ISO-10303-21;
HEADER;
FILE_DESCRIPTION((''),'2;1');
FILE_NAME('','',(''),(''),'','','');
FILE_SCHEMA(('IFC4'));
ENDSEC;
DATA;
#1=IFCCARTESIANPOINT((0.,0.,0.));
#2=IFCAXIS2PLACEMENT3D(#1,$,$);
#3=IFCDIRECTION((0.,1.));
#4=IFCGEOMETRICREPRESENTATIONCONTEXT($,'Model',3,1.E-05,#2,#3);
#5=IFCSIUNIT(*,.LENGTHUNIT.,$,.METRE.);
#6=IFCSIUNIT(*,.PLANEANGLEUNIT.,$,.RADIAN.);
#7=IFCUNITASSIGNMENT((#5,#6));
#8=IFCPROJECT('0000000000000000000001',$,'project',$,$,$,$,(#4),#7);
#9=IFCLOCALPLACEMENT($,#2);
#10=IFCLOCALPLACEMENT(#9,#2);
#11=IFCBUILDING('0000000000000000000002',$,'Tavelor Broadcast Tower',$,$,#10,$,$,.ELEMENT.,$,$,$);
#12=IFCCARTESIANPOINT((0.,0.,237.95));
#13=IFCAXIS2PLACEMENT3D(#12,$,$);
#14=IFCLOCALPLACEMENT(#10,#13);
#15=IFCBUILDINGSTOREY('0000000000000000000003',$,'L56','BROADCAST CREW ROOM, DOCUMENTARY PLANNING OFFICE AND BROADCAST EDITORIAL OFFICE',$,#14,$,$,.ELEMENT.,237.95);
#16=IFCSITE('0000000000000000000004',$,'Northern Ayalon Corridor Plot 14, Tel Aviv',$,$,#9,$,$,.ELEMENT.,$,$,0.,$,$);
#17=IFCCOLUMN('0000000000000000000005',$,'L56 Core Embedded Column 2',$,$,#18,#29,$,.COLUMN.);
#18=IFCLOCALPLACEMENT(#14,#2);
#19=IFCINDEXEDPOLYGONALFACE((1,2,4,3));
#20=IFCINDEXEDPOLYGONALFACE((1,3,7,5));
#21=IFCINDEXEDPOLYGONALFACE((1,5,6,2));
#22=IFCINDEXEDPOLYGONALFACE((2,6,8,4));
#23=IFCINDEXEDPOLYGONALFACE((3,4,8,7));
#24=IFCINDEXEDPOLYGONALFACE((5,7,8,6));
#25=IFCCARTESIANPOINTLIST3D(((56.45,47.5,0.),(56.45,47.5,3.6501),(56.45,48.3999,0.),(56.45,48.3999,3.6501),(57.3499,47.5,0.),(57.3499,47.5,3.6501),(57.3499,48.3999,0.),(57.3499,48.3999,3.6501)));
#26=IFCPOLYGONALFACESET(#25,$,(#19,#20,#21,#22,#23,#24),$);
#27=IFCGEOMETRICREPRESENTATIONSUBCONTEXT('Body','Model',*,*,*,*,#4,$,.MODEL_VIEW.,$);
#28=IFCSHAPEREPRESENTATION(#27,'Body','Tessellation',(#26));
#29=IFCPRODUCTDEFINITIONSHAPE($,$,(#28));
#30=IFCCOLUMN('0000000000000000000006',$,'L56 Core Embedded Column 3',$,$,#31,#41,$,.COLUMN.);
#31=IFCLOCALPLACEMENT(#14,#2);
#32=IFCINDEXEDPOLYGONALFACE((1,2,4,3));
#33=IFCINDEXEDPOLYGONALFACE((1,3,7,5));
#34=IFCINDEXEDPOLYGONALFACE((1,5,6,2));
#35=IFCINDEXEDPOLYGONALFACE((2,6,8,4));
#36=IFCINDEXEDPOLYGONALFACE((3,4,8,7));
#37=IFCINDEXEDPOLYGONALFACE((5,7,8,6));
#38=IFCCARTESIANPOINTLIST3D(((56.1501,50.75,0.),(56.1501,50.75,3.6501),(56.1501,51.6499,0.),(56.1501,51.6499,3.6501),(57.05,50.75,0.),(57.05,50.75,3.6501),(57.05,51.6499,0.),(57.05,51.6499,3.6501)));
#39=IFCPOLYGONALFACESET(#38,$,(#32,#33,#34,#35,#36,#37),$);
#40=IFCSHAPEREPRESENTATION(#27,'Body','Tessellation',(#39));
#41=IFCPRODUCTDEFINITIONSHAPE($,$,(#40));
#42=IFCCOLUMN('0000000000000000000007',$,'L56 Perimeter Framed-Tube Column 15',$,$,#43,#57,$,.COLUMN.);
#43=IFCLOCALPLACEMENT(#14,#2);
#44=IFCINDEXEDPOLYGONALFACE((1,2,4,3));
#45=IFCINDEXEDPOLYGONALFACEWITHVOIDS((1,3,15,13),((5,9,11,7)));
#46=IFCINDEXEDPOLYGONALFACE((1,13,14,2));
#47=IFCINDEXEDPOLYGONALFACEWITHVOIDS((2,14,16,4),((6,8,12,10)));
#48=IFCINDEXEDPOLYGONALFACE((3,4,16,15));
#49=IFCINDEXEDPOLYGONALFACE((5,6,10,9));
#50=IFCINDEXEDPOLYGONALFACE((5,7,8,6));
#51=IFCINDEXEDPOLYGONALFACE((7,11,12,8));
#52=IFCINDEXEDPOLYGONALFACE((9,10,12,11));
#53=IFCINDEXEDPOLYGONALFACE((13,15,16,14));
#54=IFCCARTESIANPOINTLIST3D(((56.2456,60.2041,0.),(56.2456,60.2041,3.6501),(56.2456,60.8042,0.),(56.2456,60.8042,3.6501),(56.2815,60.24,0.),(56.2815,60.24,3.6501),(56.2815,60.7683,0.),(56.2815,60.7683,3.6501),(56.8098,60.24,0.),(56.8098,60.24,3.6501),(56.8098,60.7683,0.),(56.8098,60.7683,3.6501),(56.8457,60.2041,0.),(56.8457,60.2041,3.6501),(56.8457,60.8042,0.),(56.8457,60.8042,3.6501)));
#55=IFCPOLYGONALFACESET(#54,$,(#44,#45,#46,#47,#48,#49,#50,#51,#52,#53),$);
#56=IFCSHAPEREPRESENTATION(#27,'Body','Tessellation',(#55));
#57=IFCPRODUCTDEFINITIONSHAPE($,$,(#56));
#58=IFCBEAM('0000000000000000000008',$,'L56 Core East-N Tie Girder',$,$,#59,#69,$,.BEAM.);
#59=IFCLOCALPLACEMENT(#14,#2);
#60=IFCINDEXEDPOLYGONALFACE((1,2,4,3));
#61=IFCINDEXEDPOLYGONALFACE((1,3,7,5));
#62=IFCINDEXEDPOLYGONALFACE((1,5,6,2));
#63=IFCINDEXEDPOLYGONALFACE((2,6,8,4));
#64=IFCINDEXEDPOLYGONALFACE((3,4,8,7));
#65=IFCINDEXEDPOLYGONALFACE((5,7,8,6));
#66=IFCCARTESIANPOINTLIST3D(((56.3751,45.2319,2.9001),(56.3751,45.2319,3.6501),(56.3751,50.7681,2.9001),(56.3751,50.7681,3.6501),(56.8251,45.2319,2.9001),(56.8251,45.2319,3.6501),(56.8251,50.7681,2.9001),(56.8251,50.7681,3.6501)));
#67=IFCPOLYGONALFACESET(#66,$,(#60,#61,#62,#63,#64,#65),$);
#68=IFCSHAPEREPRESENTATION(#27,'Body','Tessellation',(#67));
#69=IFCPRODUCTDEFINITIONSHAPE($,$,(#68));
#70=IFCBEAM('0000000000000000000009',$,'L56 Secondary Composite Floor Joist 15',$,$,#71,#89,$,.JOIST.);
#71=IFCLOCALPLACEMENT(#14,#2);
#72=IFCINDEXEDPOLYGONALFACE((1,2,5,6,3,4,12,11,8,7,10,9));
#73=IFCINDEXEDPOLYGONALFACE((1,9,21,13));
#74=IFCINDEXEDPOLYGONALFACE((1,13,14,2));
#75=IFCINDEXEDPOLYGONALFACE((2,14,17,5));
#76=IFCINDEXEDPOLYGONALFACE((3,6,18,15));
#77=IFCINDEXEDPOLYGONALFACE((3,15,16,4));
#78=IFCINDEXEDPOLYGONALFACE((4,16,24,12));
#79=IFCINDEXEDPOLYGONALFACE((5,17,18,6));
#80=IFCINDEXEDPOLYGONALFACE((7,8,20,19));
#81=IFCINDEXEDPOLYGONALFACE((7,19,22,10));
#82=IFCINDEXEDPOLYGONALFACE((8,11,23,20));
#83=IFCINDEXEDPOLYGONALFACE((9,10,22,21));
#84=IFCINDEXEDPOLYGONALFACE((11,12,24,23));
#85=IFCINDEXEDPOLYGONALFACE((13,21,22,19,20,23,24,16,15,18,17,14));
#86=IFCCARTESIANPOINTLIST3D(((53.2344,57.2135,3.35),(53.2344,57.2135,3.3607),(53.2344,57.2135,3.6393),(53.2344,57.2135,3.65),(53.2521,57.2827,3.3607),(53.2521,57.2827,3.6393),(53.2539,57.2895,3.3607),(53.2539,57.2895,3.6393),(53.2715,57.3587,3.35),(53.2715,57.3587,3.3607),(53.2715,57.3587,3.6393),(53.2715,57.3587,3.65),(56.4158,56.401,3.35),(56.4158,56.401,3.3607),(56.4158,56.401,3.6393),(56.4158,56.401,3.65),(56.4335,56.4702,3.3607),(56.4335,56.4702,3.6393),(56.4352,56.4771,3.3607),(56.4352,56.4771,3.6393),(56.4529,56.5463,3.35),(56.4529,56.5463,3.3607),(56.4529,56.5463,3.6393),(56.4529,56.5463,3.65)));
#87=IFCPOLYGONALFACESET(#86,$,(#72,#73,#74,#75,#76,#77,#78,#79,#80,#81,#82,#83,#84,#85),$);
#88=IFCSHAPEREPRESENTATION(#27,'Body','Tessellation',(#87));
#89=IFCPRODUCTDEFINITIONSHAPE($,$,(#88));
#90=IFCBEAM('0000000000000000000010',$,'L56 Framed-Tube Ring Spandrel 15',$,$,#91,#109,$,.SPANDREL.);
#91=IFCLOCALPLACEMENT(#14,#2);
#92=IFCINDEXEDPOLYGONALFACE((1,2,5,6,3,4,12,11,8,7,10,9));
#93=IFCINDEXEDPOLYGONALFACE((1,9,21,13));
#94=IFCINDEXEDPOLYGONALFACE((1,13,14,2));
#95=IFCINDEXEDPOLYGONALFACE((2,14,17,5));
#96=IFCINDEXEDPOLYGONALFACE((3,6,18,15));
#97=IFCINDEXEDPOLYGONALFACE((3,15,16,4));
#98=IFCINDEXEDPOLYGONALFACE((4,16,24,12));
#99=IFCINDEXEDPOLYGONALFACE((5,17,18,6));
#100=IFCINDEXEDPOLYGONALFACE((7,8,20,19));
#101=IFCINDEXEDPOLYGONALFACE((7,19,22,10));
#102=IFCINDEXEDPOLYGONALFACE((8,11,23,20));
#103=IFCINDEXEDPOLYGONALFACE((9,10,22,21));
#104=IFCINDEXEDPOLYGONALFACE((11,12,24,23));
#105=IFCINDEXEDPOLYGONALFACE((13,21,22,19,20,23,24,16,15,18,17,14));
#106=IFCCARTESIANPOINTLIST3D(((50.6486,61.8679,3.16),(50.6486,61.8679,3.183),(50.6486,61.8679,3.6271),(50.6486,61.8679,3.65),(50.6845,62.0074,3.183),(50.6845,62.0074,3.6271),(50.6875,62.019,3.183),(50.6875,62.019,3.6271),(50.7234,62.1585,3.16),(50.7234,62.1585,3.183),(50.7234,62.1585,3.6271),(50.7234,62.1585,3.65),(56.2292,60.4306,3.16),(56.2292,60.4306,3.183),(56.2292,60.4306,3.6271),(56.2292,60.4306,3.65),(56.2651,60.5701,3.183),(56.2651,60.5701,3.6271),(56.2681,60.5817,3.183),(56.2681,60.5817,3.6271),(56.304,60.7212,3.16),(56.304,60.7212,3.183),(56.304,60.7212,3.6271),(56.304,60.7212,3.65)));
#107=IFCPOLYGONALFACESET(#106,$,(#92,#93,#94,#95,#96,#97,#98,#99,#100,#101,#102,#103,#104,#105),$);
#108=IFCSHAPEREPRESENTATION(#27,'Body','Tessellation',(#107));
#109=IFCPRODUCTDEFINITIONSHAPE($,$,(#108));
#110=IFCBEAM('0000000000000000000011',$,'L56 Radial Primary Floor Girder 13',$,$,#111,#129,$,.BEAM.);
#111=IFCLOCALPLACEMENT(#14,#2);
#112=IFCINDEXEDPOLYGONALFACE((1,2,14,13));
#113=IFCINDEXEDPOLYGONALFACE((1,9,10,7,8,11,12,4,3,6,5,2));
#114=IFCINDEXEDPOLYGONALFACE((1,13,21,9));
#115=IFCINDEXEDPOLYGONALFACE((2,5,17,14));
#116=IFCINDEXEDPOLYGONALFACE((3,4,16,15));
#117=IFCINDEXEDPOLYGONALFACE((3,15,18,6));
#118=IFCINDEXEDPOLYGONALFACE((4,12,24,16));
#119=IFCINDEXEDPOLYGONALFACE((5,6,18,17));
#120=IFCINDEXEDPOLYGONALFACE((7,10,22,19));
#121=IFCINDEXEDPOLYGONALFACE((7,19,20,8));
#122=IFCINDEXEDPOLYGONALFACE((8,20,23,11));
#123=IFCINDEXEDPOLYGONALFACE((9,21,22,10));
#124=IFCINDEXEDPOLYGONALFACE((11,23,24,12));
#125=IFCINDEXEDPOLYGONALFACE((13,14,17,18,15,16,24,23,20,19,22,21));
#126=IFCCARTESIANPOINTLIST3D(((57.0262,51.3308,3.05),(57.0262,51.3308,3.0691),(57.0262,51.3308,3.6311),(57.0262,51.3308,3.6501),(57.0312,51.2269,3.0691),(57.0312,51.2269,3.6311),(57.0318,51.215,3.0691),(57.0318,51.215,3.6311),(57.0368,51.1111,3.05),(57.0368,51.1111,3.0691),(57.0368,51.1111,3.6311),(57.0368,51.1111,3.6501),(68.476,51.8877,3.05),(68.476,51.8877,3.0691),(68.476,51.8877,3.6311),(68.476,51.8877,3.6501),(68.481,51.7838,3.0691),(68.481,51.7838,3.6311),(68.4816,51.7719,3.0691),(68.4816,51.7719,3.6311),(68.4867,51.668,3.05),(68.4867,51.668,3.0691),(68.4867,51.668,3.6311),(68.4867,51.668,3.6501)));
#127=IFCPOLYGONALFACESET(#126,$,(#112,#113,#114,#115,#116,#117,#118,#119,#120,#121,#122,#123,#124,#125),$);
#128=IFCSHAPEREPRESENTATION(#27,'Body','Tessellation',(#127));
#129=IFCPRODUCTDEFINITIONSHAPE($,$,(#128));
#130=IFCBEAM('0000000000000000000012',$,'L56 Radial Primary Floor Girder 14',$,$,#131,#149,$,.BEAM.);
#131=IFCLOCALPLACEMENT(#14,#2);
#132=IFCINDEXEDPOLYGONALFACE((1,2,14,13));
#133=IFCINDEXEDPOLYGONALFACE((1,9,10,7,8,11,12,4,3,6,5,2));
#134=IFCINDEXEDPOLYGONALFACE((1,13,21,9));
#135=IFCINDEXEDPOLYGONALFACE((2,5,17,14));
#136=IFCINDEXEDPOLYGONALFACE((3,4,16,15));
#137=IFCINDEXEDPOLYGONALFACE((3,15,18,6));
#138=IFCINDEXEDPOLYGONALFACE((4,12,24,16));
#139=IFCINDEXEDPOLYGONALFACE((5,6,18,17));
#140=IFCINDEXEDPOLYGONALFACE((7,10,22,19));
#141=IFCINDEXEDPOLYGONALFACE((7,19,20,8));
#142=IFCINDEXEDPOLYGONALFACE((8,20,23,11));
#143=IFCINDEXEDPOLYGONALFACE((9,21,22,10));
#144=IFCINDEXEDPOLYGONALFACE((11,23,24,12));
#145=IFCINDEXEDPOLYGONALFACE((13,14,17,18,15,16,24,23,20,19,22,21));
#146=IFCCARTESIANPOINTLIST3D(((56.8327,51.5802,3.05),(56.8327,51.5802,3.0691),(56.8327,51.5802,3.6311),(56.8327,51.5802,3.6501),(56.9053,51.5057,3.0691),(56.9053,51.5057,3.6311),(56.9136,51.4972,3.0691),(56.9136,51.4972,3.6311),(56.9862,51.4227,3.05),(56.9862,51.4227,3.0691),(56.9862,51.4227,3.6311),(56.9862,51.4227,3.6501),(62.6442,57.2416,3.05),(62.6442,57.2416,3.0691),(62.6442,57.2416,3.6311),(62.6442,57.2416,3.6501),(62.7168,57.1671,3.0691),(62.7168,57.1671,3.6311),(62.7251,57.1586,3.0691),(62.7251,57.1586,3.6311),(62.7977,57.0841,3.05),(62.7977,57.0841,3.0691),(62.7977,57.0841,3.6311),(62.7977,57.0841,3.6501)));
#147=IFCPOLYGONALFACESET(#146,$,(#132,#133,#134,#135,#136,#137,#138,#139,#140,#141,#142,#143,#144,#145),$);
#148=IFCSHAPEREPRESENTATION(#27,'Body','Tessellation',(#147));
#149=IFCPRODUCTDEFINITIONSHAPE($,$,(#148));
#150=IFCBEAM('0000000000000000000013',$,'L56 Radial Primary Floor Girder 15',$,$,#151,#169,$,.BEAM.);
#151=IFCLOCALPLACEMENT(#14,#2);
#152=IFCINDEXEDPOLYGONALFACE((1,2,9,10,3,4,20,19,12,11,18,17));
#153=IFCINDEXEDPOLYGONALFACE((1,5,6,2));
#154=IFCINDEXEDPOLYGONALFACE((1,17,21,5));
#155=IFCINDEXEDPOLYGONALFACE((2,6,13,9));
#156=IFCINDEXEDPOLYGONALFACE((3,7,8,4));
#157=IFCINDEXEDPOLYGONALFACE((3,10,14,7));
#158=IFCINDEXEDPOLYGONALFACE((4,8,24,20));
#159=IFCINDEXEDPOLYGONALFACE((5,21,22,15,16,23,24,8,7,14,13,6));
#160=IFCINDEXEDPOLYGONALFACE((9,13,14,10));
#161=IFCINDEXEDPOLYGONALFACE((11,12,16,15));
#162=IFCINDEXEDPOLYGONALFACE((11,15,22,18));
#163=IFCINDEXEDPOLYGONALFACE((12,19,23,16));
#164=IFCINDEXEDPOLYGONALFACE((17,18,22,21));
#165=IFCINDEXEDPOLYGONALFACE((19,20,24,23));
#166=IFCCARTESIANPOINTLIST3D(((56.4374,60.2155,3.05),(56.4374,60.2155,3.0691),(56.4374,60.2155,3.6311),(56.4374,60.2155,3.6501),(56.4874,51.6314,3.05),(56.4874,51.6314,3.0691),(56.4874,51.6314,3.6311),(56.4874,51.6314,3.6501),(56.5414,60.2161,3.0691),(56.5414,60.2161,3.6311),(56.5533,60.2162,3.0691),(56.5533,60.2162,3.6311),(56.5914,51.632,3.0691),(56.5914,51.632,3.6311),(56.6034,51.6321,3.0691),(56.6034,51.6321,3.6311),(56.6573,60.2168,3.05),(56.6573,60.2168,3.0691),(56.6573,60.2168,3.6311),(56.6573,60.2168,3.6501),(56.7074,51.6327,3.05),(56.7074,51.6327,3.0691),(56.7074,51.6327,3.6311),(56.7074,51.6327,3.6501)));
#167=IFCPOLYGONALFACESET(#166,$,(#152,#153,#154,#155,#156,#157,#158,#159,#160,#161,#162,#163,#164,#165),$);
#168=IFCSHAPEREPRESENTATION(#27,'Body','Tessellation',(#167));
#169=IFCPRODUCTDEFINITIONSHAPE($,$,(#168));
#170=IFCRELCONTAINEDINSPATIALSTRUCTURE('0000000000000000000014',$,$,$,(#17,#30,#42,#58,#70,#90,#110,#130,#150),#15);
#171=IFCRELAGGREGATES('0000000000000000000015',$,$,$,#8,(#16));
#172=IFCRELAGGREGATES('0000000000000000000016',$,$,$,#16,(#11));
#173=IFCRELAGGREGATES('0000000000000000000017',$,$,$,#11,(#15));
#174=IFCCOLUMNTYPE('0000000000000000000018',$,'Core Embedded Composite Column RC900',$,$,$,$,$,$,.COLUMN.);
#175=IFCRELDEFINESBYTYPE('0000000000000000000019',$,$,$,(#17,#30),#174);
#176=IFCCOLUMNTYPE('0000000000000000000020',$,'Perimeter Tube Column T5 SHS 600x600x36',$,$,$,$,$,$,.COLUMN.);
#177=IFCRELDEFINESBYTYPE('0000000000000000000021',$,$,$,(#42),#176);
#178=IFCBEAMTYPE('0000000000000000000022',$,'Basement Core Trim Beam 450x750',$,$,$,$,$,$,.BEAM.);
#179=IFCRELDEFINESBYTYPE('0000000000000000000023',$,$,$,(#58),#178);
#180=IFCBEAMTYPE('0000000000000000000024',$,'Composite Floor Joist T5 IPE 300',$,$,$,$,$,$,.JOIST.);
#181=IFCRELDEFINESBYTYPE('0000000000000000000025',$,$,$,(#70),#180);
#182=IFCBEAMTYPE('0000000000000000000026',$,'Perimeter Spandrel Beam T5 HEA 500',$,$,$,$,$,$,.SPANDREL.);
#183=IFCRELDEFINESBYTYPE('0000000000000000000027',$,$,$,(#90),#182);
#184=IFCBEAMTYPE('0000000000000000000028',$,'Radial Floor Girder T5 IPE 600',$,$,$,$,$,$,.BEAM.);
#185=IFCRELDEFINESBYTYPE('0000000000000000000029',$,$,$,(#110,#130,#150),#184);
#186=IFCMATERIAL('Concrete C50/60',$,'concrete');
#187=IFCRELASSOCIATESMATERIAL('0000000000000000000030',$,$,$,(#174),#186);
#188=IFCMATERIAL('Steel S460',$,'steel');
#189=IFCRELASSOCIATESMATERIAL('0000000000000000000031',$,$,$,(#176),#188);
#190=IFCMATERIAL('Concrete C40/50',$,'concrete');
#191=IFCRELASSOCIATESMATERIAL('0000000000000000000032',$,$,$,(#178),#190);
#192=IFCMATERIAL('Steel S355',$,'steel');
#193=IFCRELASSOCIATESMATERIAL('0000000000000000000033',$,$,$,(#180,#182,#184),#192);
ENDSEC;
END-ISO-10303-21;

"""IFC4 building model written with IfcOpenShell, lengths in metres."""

from ifc_helpers import new_model, si_unit, direction, frame, origin, origin_2d, place, context, subcontext, project, spatial, rectangle, hollow_rectangle, i_section, extrude, material, material_profile, profile_set, type_object, element, save


model = new_model("IFC4")

# Units and contexts
model_context = context("Model", 3, precision=1e-05, world=origin(), true_north=direction((0.0, 1.0)))
body_context = subcontext(model_context, "Body", "Model", "MODEL_VIEW")
ifc_project = project(units=[si_unit("LENGTHUNIT", "METRE"), si_unit("PLANEANGLEUNIT", "RADIAN")], contexts=[model_context])

# Site, building, storey
site_placement = place(None, origin())
site = spatial("IfcSite", under=ifc_project, at=site_placement, Name="Northern Ayalon Corridor Plot 14, Tel Aviv", CompositionType="ELEMENT", RefElevation=0.0)
building_placement = place(site_placement, origin())
building = spatial("IfcBuilding", under=site, at=building_placement, Name="Tavelor Broadcast Tower", CompositionType="ELEMENT")
storey_placement = place(building_placement, frame((0.0, 0.0, 237.95)))
storey = spatial("IfcBuildingStorey", under=building, at=storey_placement, Name="L56", Description="BROADCAST CREW ROOM, DOCUMENTARY PLANNING OFFICE AND BROADCAST EDITORIAL OFFICE", CompositionType="ELEMENT", Elevation=237.95)

# Columns
ifc_material_1 = material(Name="Concrete C50/60", Category="concrete")
ifc_material_profile_1 = material_profile(ifc_material_1, rectangle(XDim=0.8999, YDim=0.8999, at=origin_2d()), Name="RC 900x900")
ifc_profile_set_1 = profile_set([ifc_material_profile_1], Name="Concrete C50/60")
column_type_1 = type_object("IfcColumnType", Name="Core Embedded Composite Column RC900", PredefinedType="COLUMN", material=ifc_profile_set_1)
for number, where, z_axis, x_axis, name in (
    (1, (56.8999, 47.95, 0.0), (0.0, 0.0, 1.0), (1.0, 0.0, 0.0), "L56 Core Embedded Column 2"),
    (2, (56.6001, 51.2, 0.0), (0.0, 0.0, 1.0), (1.0, 0.0, 0.0), "L56 Core Embedded Column 3"),
):
    element("IfcColumn", number, at=place(storey_placement, frame(where, z_axis=z_axis, x_axis=x_axis)), inside=storey, type_object=column_type_1, Name=name, PredefinedType="COLUMN", context=body_context, shape_type="SweptSolid", body=[
        extrude(rectangle(XDim=0.8999, YDim=0.8999, at=origin_2d()), origin(), (0.0, 0.0, 1.0), 3.6501),
    ])
ifc_material_2 = material(Name="Steel S460", Category="steel")
ifc_material_profile_2 = material_profile(ifc_material_2, hollow_rectangle(XDim=0.6001, YDim=0.6001, WallThickness=0.0359, at=origin_2d()), Name="SHS 600x600x36")
ifc_profile_set_2 = profile_set([ifc_material_profile_2], Name="Steel S460")
column_type_2 = type_object("IfcColumnType", Name="Perimeter Tube Column T5 SHS 600x600x36", PredefinedType="COLUMN", material=ifc_profile_set_2)
column_placement = place(storey_placement, frame((56.5457, 60.5042, 0.0), z_axis=(0.0, 0.0, 1.0), x_axis=(1.0, 0.0, 0.0)))
element("IfcColumn", 3, at=column_placement, inside=storey, type_object=column_type_2, Name="L56 Perimeter Framed-Tube Column 15", PredefinedType="COLUMN", context=body_context, shape_type="SweptSolid", body=[
    extrude(hollow_rectangle(XDim=0.6001, YDim=0.6001, WallThickness=0.0359, at=origin_2d()), origin(), (0.0, 0.0, 1.0), 3.6501),
])

# Beams
ifc_material_3 = material(Name="Concrete C40/50", Category="concrete")
ifc_material_profile_3 = material_profile(ifc_material_3, rectangle(XDim=0.45, YDim=0.75, at=origin_2d()), Name="RC 450x750")
ifc_profile_set_3 = profile_set([ifc_material_profile_3], Name="Concrete C40/50")
beam_type_1 = type_object("IfcBeamType", Name="Basement Core Trim Beam 450x750", PredefinedType="BEAM", material=ifc_profile_set_3)
beam_1_placement = place(storey_placement, frame((56.6001, 45.2319, 3.2751), z_axis=(0.0, 1.0, 0.0), x_axis=(-1.0, 0.0, 0.0)))
element("IfcBeam", 4, at=beam_1_placement, inside=storey, type_object=beam_type_1, Name="L56 Core East-N Tie Girder", PredefinedType="BEAM", context=body_context, shape_type="SweptSolid", body=[
    extrude(rectangle(XDim=0.45, YDim=0.75, at=origin_2d()), origin(), (0.0, 0.0, 1.0), 5.5361),
])
ifc_material_4 = material(Name="Steel S355", Category="steel")
ifc_material_profile_4 = material_profile(ifc_material_4, i_section(OverallWidth=0.1499, OverallDepth=0.3, WebThickness=0.0071, FlangeThickness=0.0107, at=origin_2d()), Name="IPE 300")
ifc_profile_set_4 = profile_set([ifc_material_profile_4], Name="Steel S355")
beam_type_2 = type_object("IfcBeamType", Name="Composite Floor Joist T5 IPE 300", PredefinedType="JOIST", material=ifc_profile_set_4)
beam_2_placement = place(storey_placement, frame((56.4343, 56.4736, 3.5), z_axis=(-0.968901, 0.247449, 0.0), x_axis=(-0.247449, -0.968901, 0.0)))
element("IfcBeam", 5, at=beam_2_placement, inside=storey, type_object=beam_type_2, Name="L56 Secondary Composite Floor Joist 15", PredefinedType="JOIST", context=body_context, shape_type="SweptSolid", body=[
    extrude(i_section(OverallWidth=0.1499, OverallDepth=0.3, WebThickness=0.0071, FlangeThickness=0.0107, at=origin_2d()), origin(), (0.0, 0.0, 1.0), 3.2834),
])
ifc_material_profile_5 = material_profile(ifc_material_4, i_section(OverallWidth=0.3, OverallDepth=0.49, WebThickness=0.012, FlangeThickness=0.0229, at=origin_2d()), Name="HEA 500")
ifc_profile_set_5 = profile_set([ifc_material_profile_5], Name="Steel S355")
beam_type_3 = type_object("IfcBeamType", Name="Perimeter Spandrel Beam T5 HEA 500", PredefinedType="SPANDREL", material=ifc_profile_set_5)
beam_3_placement = place(storey_placement, frame((56.2666, 60.5759, 3.405), z_axis=(-0.968399, 0.249408, 0.0), x_axis=(-0.249408, -0.968399, 0.0)))
element("IfcBeam", 6, at=beam_3_placement, inside=storey, type_object=beam_type_3, Name="L56 Framed-Tube Ring Spandrel 15", PredefinedType="SPANDREL", context=body_context, shape_type="SweptSolid", body=[
    extrude(i_section(OverallWidth=0.3, OverallDepth=0.49, WebThickness=0.012, FlangeThickness=0.0229, at=origin_2d()), origin(), (0.0, 0.0, 1.0), 5.7627),
])
ifc_material_profile_6 = material_profile(ifc_material_4, i_section(OverallWidth=0.22, OverallDepth=0.6001, WebThickness=0.012, FlangeThickness=0.019, at=origin_2d()), Name="IPE 600")
ifc_profile_set_6 = profile_set([ifc_material_profile_6], Name="Steel S355")
beam_type_4 = type_object("IfcBeamType", Name="Radial Floor Girder T5 IPE 600", PredefinedType="BEAM", material=ifc_profile_set_6)
beam_4_placement = place(storey_placement, frame((57.0315, 51.2209, 3.3501), z_axis=(0.998819, 0.048579, 0.0), x_axis=(-0.048579, 0.998819, 0.0)))
element("IfcBeam", 7, at=beam_4_placement, inside=storey, type_object=beam_type_4, Name="L56 Radial Primary Floor Girder 13", PredefinedType="BEAM", context=body_context, shape_type="SweptSolid", body=[
    extrude(i_section(OverallWidth=0.22, OverallDepth=0.6001, WebThickness=0.012, FlangeThickness=0.019, at=origin_2d()), origin(), (0.0, 0.0, 1.0), 11.4634),
])
beam_5_placement = place(storey_placement, frame((56.9094, 51.5015, 3.3501), z_axis=(0.716299, 0.697793, 0.0), x_axis=(-0.697793, 0.716299, 0.0)))
element("IfcBeam", 8, at=beam_5_placement, inside=storey, type_object=beam_type_4, Name="L56 Radial Primary Floor Girder 14", PredefinedType="BEAM", context=body_context, shape_type="SweptSolid", body=[
    extrude(i_section(OverallWidth=0.22, OverallDepth=0.6001, WebThickness=0.012, FlangeThickness=0.019, at=origin_2d()), origin(), (0.0, 0.0, 1.0), 8.1133),
])
beam_6_placement = place(storey_placement, frame((56.5974, 51.6321, 3.3501), z_axis=(-0.00583, 0.999983, 0.0), x_axis=(-0.999983, -0.00583, 0.0)))
element("IfcBeam", 9, at=beam_6_placement, inside=storey, type_object=beam_type_4, Name="L56 Radial Primary Floor Girder 15", PredefinedType="BEAM", context=body_context, shape_type="SweptSolid", body=[
    extrude(i_section(OverallWidth=0.22, OverallDepth=0.6001, WebThickness=0.012, FlangeThickness=0.019, at=origin_2d()), origin(), (0.0, 0.0, 1.0), 8.5842),
])

save(model, "model.ifc")
